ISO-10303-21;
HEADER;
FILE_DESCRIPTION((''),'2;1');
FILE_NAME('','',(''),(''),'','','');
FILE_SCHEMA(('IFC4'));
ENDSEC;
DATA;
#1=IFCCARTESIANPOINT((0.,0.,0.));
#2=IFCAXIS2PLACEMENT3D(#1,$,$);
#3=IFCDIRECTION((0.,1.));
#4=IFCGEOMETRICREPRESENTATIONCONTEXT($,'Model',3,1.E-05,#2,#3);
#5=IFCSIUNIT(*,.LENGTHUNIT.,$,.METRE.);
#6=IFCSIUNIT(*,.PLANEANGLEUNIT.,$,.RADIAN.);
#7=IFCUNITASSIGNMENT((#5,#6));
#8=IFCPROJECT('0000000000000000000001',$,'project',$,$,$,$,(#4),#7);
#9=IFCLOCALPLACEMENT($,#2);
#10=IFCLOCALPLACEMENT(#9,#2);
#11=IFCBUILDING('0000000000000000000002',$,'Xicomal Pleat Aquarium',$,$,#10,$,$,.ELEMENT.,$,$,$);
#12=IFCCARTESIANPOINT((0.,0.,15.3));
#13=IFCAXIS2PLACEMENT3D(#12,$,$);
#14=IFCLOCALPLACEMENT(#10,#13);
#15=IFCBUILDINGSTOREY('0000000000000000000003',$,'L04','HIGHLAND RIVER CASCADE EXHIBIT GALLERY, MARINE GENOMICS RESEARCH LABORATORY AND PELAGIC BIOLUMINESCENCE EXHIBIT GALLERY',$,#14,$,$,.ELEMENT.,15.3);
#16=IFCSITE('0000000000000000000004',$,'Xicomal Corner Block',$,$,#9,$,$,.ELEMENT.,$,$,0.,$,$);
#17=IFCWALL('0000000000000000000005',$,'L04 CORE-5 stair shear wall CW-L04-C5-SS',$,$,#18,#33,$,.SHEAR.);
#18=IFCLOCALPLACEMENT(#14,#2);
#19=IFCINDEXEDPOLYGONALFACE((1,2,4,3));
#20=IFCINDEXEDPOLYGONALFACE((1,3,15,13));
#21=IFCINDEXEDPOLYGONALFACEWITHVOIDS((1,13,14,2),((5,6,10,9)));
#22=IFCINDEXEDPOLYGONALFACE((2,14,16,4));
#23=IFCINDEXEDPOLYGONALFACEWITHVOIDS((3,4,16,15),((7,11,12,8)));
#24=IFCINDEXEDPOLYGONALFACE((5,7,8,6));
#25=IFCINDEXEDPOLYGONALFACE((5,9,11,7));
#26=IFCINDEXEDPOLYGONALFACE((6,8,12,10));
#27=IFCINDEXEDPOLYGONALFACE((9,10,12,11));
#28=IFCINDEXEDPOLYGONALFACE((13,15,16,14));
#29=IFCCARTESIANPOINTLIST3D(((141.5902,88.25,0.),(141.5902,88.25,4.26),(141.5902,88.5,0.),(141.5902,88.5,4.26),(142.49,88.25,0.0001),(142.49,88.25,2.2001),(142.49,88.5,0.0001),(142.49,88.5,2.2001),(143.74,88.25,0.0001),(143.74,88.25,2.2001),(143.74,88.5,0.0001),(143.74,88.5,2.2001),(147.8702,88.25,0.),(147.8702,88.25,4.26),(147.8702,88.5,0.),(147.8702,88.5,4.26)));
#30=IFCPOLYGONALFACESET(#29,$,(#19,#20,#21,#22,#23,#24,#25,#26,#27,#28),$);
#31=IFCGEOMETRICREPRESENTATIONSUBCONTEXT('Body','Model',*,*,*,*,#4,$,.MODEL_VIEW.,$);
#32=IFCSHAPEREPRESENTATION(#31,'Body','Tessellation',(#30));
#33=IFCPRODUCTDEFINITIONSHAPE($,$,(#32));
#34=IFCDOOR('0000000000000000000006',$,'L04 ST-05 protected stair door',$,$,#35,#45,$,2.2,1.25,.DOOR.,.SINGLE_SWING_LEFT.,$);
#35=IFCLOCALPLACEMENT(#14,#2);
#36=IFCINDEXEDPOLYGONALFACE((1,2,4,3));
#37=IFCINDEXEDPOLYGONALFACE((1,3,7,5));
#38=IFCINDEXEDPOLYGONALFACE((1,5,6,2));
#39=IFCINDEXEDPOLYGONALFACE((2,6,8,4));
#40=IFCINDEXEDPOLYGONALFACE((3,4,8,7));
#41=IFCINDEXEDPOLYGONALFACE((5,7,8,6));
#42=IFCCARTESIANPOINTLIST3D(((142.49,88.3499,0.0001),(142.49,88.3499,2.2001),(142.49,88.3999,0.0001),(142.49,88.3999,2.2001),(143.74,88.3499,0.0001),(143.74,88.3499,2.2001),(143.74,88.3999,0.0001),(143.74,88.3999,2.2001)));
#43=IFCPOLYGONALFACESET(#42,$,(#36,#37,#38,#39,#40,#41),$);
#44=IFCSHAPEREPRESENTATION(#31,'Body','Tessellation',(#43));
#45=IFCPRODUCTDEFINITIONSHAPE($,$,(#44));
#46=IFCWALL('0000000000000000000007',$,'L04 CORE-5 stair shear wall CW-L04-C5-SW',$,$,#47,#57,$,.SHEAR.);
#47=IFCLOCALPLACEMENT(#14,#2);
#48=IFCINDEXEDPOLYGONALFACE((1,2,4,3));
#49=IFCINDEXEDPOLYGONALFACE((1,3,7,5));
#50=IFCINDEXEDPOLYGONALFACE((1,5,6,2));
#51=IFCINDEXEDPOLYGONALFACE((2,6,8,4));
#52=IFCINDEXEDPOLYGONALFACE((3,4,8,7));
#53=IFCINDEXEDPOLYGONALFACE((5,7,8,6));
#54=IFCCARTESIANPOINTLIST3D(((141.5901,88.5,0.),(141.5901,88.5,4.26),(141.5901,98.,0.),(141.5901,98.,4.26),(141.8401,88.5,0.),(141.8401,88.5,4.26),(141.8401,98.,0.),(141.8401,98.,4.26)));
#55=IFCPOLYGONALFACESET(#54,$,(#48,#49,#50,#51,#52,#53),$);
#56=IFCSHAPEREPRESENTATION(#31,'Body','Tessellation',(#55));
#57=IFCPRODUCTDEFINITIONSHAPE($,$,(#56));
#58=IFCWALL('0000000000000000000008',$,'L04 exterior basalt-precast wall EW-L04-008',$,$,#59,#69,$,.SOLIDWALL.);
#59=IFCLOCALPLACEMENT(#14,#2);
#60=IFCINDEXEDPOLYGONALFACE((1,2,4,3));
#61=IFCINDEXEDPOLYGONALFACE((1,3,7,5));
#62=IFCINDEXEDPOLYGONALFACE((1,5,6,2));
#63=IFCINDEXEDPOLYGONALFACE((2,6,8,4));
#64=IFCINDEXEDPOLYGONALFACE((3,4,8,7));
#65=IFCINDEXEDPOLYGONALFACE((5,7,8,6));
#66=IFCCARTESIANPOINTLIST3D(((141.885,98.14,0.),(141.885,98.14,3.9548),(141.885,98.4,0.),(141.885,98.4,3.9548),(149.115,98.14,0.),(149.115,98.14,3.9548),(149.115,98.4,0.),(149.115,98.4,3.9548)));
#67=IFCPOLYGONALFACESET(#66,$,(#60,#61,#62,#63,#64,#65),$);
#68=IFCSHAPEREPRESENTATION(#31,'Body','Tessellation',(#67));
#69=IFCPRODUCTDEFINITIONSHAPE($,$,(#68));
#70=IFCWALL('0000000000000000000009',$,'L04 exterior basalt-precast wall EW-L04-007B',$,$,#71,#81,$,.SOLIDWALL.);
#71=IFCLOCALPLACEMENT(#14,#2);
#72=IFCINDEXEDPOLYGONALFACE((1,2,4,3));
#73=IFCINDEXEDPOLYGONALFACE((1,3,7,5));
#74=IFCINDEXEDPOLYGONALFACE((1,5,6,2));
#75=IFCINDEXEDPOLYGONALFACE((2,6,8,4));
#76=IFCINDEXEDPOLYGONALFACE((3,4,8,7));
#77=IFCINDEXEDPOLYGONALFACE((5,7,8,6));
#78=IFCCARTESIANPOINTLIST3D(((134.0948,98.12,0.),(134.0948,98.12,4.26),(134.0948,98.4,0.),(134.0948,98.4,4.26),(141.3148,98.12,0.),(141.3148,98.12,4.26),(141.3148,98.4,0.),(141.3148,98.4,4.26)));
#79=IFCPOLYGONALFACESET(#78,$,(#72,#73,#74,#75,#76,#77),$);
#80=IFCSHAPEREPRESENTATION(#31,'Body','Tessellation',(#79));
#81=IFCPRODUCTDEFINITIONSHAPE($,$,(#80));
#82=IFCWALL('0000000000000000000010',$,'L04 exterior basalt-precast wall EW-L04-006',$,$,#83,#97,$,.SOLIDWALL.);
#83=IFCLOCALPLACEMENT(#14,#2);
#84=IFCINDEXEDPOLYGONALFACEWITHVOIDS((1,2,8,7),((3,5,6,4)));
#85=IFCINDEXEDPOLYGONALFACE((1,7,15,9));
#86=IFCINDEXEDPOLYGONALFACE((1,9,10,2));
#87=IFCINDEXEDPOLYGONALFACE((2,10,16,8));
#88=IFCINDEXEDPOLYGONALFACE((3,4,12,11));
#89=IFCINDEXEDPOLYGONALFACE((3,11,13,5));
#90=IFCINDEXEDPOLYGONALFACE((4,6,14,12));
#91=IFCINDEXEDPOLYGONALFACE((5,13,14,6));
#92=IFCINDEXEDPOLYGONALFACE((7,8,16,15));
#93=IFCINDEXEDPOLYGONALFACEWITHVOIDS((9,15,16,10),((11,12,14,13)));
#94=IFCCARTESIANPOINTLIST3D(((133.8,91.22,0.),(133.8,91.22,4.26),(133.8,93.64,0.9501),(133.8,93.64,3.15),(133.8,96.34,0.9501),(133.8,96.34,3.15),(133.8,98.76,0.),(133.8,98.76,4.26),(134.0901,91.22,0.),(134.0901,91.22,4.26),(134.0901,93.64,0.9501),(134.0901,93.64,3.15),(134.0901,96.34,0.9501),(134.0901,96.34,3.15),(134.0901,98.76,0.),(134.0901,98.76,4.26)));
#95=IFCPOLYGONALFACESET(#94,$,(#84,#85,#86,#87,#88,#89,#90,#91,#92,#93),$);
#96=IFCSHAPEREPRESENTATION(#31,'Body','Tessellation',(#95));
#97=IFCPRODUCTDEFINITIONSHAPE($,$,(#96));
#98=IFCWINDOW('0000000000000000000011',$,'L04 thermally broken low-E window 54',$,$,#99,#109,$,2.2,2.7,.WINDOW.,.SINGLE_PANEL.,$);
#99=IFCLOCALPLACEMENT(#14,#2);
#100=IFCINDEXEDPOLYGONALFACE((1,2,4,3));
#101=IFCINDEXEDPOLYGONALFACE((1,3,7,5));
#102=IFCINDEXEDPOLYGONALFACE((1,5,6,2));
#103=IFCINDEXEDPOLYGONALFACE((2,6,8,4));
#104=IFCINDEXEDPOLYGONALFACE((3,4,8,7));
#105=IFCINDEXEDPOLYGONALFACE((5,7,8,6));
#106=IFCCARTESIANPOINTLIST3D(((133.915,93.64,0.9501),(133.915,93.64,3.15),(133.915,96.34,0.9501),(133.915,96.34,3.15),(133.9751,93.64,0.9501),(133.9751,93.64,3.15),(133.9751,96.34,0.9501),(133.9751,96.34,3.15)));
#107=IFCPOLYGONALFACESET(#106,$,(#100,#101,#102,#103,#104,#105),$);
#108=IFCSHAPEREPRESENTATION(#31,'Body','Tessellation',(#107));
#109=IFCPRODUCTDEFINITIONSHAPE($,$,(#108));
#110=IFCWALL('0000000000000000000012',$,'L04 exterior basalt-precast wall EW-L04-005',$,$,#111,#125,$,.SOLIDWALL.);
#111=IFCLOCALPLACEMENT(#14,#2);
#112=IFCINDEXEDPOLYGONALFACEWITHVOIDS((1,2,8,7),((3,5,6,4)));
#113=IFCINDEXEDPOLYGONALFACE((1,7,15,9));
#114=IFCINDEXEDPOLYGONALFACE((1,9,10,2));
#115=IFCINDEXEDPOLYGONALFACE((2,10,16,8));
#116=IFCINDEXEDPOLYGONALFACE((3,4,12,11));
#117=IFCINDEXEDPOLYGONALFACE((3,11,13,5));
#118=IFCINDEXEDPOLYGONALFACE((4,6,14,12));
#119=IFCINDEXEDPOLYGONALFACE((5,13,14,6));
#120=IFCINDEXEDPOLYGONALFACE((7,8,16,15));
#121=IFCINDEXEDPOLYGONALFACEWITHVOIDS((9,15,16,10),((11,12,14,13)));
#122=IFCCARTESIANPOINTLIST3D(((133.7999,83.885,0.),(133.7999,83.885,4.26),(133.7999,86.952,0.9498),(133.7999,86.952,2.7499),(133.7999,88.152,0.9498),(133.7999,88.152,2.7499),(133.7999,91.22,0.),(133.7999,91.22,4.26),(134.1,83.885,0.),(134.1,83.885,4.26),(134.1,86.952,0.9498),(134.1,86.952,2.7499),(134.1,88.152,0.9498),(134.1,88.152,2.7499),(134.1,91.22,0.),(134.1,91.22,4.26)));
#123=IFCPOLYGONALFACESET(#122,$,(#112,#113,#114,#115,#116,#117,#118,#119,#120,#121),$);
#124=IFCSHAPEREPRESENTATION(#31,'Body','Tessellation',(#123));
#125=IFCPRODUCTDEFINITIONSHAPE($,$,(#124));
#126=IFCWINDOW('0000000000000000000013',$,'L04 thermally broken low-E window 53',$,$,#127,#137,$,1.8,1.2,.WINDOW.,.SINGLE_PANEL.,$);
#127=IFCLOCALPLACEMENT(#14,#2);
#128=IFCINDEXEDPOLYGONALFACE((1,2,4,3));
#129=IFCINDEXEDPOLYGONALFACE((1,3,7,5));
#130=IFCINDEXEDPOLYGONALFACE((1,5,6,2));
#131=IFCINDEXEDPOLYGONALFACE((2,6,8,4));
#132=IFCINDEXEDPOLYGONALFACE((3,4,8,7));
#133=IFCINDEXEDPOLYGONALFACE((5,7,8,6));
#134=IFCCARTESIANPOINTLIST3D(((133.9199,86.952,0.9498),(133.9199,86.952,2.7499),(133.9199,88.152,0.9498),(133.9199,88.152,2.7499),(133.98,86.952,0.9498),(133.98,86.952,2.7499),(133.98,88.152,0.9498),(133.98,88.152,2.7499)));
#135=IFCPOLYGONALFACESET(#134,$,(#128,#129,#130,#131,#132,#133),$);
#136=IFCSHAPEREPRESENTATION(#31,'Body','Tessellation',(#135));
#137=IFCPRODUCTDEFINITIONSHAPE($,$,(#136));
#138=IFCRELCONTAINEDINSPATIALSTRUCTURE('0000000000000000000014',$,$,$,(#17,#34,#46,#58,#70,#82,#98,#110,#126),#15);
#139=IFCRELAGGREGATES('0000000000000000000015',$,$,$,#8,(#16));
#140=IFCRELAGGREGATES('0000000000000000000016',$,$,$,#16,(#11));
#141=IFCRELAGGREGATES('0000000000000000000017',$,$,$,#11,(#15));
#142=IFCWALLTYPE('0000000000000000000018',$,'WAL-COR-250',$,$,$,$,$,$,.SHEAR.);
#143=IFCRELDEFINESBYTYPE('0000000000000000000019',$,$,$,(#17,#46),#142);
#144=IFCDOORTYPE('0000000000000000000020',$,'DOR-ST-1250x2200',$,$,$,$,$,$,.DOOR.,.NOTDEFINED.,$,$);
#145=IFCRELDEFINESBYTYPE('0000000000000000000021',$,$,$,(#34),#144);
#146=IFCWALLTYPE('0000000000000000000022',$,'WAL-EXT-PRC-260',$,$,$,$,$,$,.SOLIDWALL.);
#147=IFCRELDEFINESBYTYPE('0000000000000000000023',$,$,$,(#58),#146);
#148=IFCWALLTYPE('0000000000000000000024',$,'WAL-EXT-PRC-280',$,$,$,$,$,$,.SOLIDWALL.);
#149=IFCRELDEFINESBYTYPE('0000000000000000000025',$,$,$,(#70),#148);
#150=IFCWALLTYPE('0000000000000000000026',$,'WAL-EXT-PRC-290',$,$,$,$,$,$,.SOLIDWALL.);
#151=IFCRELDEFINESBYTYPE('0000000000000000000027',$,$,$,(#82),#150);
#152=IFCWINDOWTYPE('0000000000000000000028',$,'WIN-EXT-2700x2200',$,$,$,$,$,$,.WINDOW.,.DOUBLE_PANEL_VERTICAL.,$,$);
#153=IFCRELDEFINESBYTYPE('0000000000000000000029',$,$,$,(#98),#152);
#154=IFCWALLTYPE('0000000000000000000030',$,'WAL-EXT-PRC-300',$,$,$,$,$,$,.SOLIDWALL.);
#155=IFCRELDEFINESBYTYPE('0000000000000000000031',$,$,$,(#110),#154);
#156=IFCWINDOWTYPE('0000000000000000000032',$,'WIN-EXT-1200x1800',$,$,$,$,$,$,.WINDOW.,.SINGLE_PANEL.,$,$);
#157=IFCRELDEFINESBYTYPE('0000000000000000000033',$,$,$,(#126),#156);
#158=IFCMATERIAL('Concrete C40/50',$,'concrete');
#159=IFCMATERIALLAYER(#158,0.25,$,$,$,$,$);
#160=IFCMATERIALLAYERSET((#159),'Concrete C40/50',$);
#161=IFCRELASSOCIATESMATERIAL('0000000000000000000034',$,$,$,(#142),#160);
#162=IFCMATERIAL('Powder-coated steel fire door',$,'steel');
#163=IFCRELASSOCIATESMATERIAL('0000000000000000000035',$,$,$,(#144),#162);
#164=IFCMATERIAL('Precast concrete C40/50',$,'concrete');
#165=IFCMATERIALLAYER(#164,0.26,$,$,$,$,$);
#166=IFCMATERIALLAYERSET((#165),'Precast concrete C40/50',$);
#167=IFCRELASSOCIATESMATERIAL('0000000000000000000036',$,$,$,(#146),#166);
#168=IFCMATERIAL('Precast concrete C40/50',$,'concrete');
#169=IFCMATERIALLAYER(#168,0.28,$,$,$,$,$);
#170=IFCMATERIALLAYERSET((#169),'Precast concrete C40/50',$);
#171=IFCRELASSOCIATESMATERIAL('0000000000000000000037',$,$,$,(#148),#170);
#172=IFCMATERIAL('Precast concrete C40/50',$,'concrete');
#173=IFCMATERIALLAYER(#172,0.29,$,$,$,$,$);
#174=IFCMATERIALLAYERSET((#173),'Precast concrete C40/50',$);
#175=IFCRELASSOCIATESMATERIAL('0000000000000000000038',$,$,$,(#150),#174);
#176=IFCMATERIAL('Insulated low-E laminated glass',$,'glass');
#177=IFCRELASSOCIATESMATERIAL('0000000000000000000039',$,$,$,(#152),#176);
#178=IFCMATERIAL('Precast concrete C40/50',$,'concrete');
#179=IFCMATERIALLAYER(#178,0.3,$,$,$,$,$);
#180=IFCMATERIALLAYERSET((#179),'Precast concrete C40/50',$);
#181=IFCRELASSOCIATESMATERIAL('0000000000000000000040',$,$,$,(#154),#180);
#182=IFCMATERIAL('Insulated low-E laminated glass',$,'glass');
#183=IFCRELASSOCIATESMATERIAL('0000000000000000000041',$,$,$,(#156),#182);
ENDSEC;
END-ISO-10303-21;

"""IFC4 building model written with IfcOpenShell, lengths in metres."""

from ifc_helpers import new_model, si_unit, direction, frame, frame_2d, origin, place, context, subcontext, project, spatial, rectangle, extrude, material, layer, layer_set, type_object, element, fill, save


model = new_model("IFC4")

# Units and contexts
model_context = context("Model", 3, precision=1e-05, world=origin(), true_north=direction((0.0, 1.0)))
body_context = subcontext(model_context, "Body", "Model", "MODEL_VIEW")
ifc_project = project(units=[si_unit("LENGTHUNIT", "METRE"), si_unit("PLANEANGLEUNIT", "RADIAN")], contexts=[model_context])

# Site, building, storey
site_placement = place(None, origin())
site = spatial("IfcSite", under=ifc_project, at=site_placement, Name="Xicomal Corner Block", CompositionType="ELEMENT", RefElevation=0.0)
building_placement = place(site_placement, origin())
building = spatial("IfcBuilding", under=site, at=building_placement, Name="Xicomal Pleat Aquarium", CompositionType="ELEMENT")
storey_placement = place(building_placement, frame((0.0, 0.0, 15.3)))
storey = spatial("IfcBuildingStorey", under=building, at=storey_placement, Name="L04", Description="HIGHLAND RIVER CASCADE EXHIBIT GALLERY, MARINE GENOMICS RESEARCH LABORATORY AND PELAGIC BIOLUMINESCENCE EXHIBIT GALLERY", CompositionType="ELEMENT", Elevation=15.3)

# Wall, opening, door
ifc_material_1 = material(Name="Concrete C40/50", Category="concrete")
ifc_layer_1 = layer(ifc_material_1, 0.25)
ifc_layer_set_1 = layer_set([ifc_layer_1], Name="Concrete C40/50")
wall_type_1 = type_object("IfcWallType", Name="WAL-COR-250", PredefinedType="SHEAR", material=ifc_layer_set_1)
wall_1_placement = place(storey_placement, frame((141.5901, 88.375, 0.0), z_axis=(0.0, 0.0, 1.0), x_axis=(1.0, 0.0, 0.0)))
wall_1 = element("IfcWall", 1, at=wall_1_placement, inside=storey, type_object=wall_type_1, Name="L04 CORE-5 stair shear wall CW-L04-C5-SS", PredefinedType="SHEAR", context=body_context, shape_type="SweptSolid", body=[
    extrude(rectangle(XDim=6.28, YDim=0.25, at=frame_2d((3.1401, 0.0))), origin(), (0.0, 0.0, 1.0), 4.26),
])
opening_1_placement = place(wall_1_placement, frame((0.8999, 0.0, 0.0)))
opening_1 = element("IfcOpeningElement", 2, at=opening_1_placement, cuts=wall_1, PredefinedType="OPENING", context=body_context, shape_type="SweptSolid", body=[
    extrude(rectangle(XDim=1.25, YDim=2.2, at=frame_2d((0.625, 1.1001))), frame((0.0, 0.135, 0.0), z_axis=(0.0, -1.0, 0.0), x_axis=(1.0, 0.0, 0.0)), (0.0, 0.0, 1.0), 0.27),
])
ifc_material_2 = material(Name="Powder-coated steel fire door", Category="steel")
door_type = type_object("IfcDoorType", Name="DOR-ST-1250x2200", OperationType="NOTDEFINED", PredefinedType="DOOR", material=ifc_material_2)
door_placement = place(opening_1_placement, origin())
door = element("IfcDoor", 3, at=door_placement, inside=storey, type_object=door_type, Name="L04 ST-05 protected stair door", OperationType="SINGLE_SWING_LEFT", OverallHeight=2.2, OverallWidth=1.25, PredefinedType="DOOR", context=body_context, shape_type="SweptSolid", body=[
    extrude(rectangle(XDim=1.25, YDim=2.2, at=frame_2d((0.625, 1.1001))), frame((0.0, 0.0249, 0.0), z_axis=(0.0, -1.0, 0.0), x_axis=(1.0, 0.0, 0.0)), (0.0, 0.0, 1.0), 0.05),
])
fill(opening_1, door)

# Walls
wall_2_placement = place(storey_placement, frame((141.7151, 88.5, 0.0), z_axis=(0.0, 0.0, 1.0), x_axis=(0.0, 1.0, 0.0)))
element("IfcWall", 4, at=wall_2_placement, inside=storey, type_object=wall_type_1, Name="L04 CORE-5 stair shear wall CW-L04-C5-SW", PredefinedType="SHEAR", context=body_context, shape_type="SweptSolid", body=[
    extrude(rectangle(XDim=9.5, YDim=0.25, at=frame_2d((4.75, 0.0))), origin(), (0.0, 0.0, 1.0), 4.26),
])
ifc_material_3 = material(Name="Precast concrete C40/50", Category="concrete")
ifc_layer_2 = layer(ifc_material_3, 0.26)
ifc_layer_set_2 = layer_set([ifc_layer_2], Name="Precast concrete C40/50")
wall_type_2 = type_object("IfcWallType", Name="WAL-EXT-PRC-260", PredefinedType="SOLIDWALL", material=ifc_layer_set_2)
wall_3_placement = place(storey_placement, frame((141.885, 98.27, 0.0), z_axis=(0.0, 0.0, 1.0), x_axis=(1.0, 0.0, 0.0)))
element("IfcWall", 5, at=wall_3_placement, inside=storey, type_object=wall_type_2, Name="L04 exterior basalt-precast wall EW-L04-008", PredefinedType="SOLIDWALL", context=body_context, shape_type="SweptSolid", body=[
    extrude(rectangle(XDim=7.23, YDim=0.26, at=frame_2d((3.615, 0.0))), origin(), (0.0, 0.0, 1.0), 3.9548),
])
ifc_material_4 = material(Name="Precast concrete C40/50", Category="concrete")
ifc_layer_3 = layer(ifc_material_4, 0.28)
ifc_layer_set_3 = layer_set([ifc_layer_3], Name="Precast concrete C40/50")
wall_type_3 = type_object("IfcWallType", Name="WAL-EXT-PRC-280", PredefinedType="SOLIDWALL", material=ifc_layer_set_3)
wall_4_placement = place(storey_placement, frame((134.095, 98.26, 0.0), z_axis=(0.0, 0.0, 1.0), x_axis=(1.0, 0.0, 0.0)))
element("IfcWall", 6, at=wall_4_placement, inside=storey, type_object=wall_type_3, Name="L04 exterior basalt-precast wall EW-L04-007B", PredefinedType="SOLIDWALL", context=body_context, shape_type="SweptSolid", body=[
    extrude(rectangle(XDim=7.22, YDim=0.28, at=frame_2d((3.6099, 0.0))), origin(), (0.0, 0.0, 1.0), 4.26),
])

# Walls, openings, windows
ifc_material_5 = material(Name="Precast concrete C40/50", Category="concrete")
ifc_layer_4 = layer(ifc_material_5, 0.29)
ifc_layer_set_4 = layer_set([ifc_layer_4], Name="Precast concrete C40/50")
wall_type_4 = type_object("IfcWallType", Name="WAL-EXT-PRC-290", PredefinedType="SOLIDWALL", material=ifc_layer_set_4)
wall_5_placement = place(storey_placement, frame((133.9451, 91.22, 0.0), z_axis=(0.0, 0.0, 1.0), x_axis=(0.0, 1.0, 0.0)))
wall_5 = element("IfcWall", 7, at=wall_5_placement, inside=storey, type_object=wall_type_4, Name="L04 exterior basalt-precast wall EW-L04-006", PredefinedType="SOLIDWALL", context=body_context, shape_type="SweptSolid", body=[
    extrude(rectangle(XDim=7.54, YDim=0.29, at=frame_2d((3.77, 0.0))), origin(), (0.0, 0.0, 1.0), 4.26),
])
opening_2_placement = place(wall_5_placement, frame((2.4199, 0.0, 0.95)))
opening_2 = element("IfcOpeningElement", 8, at=opening_2_placement, cuts=wall_5, PredefinedType="OPENING", context=body_context, shape_type="SweptSolid", body=[
    extrude(rectangle(XDim=2.7, YDim=2.2, at=frame_2d((1.3501, 1.1001))), frame((0.0, 0.155, 0.0), z_axis=(0.0, -1.0, 0.0), x_axis=(1.0, 0.0, 0.0)), (0.0, 0.0, 1.0), 0.3101),
])
ifc_material_6 = material(Name="Insulated low-E laminated glass", Category="glass")
window_type_1 = type_object("IfcWindowType", Name="WIN-EXT-2700x2200", PartitioningType="DOUBLE_PANEL_VERTICAL", PredefinedType="WINDOW", material=ifc_material_6)
window_1_placement = place(opening_2_placement, origin())
window_1 = element("IfcWindow", 9, at=window_1_placement, inside=storey, type_object=window_type_1, Name="L04 thermally broken low-E window 54", OverallHeight=2.2, OverallWidth=2.7, PartitioningType="SINGLE_PANEL", PredefinedType="WINDOW", context=body_context, shape_type="SweptSolid", body=[
    extrude(rectangle(XDim=2.7, YDim=2.2, at=frame_2d((1.3501, 1.1001))), frame((0.0, 0.03, 0.0), z_axis=(0.0, -1.0, 0.0), x_axis=(1.0, 0.0, 0.0)), (0.0, 0.0, 1.0), 0.0601),
])
fill(opening_2, window_1)
ifc_material_7 = material(Name="Precast concrete C40/50", Category="concrete")
ifc_layer_5 = layer(ifc_material_7, 0.3)
ifc_layer_set_5 = layer_set([ifc_layer_5], Name="Precast concrete C40/50")
wall_type_5 = type_object("IfcWallType", Name="WAL-EXT-PRC-300", PredefinedType="SOLIDWALL", material=ifc_layer_set_5)
wall_6_placement = place(storey_placement, frame((133.95, 83.885, 0.0), z_axis=(0.0, 0.0, 1.0), x_axis=(0.0, 1.0, 0.0)))
wall_6 = element("IfcWall", 10, at=wall_6_placement, inside=storey, type_object=wall_type_5, Name="L04 exterior basalt-precast wall EW-L04-005", PredefinedType="SOLIDWALL", context=body_context, shape_type="SweptSolid", body=[
    extrude(rectangle(XDim=7.335, YDim=0.3, at=frame_2d((3.6675, 0.0))), origin(), (0.0, 0.0, 1.0), 4.26),
])
opening_3_placement = place(wall_6_placement, frame((3.0669, 0.0, 0.95)))
opening_3 = element("IfcOpeningElement", 11, at=opening_3_placement, cuts=wall_6, PredefinedType="OPENING", context=body_context, shape_type="SweptSolid", body=[
    extrude(rectangle(XDim=1.2, YDim=1.8, at=frame_2d((0.6001, 0.8999))), frame((0.0, 0.1599, 0.0), z_axis=(0.0, -1.0, 0.0), x_axis=(1.0, 0.0, 0.0)), (0.0, 0.0, 1.0), 0.3201),
])
ifc_material_8 = material(Name="Insulated low-E laminated glass", Category="glass")
window_type_2 = type_object("IfcWindowType", Name="WIN-EXT-1200x1800", PartitioningType="SINGLE_PANEL", PredefinedType="WINDOW", material=ifc_material_8)
window_2_placement = place(opening_3_placement, origin())
window_2 = element("IfcWindow", 12, at=window_2_placement, inside=storey, type_object=window_type_2, Name="L04 thermally broken low-E window 53", OverallHeight=1.8, OverallWidth=1.2, PartitioningType="SINGLE_PANEL", PredefinedType="WINDOW", context=body_context, shape_type="SweptSolid", body=[
    extrude(rectangle(XDim=1.2, YDim=1.8, at=frame_2d((0.6001, 0.8999))), frame((0.0, 0.03, 0.0), z_axis=(0.0, -1.0, 0.0), x_axis=(1.0, 0.0, 0.0)), (0.0, 0.0, 1.0), 0.0601),
])
fill(opening_3, window_2)

save(model, "model.ifc")
